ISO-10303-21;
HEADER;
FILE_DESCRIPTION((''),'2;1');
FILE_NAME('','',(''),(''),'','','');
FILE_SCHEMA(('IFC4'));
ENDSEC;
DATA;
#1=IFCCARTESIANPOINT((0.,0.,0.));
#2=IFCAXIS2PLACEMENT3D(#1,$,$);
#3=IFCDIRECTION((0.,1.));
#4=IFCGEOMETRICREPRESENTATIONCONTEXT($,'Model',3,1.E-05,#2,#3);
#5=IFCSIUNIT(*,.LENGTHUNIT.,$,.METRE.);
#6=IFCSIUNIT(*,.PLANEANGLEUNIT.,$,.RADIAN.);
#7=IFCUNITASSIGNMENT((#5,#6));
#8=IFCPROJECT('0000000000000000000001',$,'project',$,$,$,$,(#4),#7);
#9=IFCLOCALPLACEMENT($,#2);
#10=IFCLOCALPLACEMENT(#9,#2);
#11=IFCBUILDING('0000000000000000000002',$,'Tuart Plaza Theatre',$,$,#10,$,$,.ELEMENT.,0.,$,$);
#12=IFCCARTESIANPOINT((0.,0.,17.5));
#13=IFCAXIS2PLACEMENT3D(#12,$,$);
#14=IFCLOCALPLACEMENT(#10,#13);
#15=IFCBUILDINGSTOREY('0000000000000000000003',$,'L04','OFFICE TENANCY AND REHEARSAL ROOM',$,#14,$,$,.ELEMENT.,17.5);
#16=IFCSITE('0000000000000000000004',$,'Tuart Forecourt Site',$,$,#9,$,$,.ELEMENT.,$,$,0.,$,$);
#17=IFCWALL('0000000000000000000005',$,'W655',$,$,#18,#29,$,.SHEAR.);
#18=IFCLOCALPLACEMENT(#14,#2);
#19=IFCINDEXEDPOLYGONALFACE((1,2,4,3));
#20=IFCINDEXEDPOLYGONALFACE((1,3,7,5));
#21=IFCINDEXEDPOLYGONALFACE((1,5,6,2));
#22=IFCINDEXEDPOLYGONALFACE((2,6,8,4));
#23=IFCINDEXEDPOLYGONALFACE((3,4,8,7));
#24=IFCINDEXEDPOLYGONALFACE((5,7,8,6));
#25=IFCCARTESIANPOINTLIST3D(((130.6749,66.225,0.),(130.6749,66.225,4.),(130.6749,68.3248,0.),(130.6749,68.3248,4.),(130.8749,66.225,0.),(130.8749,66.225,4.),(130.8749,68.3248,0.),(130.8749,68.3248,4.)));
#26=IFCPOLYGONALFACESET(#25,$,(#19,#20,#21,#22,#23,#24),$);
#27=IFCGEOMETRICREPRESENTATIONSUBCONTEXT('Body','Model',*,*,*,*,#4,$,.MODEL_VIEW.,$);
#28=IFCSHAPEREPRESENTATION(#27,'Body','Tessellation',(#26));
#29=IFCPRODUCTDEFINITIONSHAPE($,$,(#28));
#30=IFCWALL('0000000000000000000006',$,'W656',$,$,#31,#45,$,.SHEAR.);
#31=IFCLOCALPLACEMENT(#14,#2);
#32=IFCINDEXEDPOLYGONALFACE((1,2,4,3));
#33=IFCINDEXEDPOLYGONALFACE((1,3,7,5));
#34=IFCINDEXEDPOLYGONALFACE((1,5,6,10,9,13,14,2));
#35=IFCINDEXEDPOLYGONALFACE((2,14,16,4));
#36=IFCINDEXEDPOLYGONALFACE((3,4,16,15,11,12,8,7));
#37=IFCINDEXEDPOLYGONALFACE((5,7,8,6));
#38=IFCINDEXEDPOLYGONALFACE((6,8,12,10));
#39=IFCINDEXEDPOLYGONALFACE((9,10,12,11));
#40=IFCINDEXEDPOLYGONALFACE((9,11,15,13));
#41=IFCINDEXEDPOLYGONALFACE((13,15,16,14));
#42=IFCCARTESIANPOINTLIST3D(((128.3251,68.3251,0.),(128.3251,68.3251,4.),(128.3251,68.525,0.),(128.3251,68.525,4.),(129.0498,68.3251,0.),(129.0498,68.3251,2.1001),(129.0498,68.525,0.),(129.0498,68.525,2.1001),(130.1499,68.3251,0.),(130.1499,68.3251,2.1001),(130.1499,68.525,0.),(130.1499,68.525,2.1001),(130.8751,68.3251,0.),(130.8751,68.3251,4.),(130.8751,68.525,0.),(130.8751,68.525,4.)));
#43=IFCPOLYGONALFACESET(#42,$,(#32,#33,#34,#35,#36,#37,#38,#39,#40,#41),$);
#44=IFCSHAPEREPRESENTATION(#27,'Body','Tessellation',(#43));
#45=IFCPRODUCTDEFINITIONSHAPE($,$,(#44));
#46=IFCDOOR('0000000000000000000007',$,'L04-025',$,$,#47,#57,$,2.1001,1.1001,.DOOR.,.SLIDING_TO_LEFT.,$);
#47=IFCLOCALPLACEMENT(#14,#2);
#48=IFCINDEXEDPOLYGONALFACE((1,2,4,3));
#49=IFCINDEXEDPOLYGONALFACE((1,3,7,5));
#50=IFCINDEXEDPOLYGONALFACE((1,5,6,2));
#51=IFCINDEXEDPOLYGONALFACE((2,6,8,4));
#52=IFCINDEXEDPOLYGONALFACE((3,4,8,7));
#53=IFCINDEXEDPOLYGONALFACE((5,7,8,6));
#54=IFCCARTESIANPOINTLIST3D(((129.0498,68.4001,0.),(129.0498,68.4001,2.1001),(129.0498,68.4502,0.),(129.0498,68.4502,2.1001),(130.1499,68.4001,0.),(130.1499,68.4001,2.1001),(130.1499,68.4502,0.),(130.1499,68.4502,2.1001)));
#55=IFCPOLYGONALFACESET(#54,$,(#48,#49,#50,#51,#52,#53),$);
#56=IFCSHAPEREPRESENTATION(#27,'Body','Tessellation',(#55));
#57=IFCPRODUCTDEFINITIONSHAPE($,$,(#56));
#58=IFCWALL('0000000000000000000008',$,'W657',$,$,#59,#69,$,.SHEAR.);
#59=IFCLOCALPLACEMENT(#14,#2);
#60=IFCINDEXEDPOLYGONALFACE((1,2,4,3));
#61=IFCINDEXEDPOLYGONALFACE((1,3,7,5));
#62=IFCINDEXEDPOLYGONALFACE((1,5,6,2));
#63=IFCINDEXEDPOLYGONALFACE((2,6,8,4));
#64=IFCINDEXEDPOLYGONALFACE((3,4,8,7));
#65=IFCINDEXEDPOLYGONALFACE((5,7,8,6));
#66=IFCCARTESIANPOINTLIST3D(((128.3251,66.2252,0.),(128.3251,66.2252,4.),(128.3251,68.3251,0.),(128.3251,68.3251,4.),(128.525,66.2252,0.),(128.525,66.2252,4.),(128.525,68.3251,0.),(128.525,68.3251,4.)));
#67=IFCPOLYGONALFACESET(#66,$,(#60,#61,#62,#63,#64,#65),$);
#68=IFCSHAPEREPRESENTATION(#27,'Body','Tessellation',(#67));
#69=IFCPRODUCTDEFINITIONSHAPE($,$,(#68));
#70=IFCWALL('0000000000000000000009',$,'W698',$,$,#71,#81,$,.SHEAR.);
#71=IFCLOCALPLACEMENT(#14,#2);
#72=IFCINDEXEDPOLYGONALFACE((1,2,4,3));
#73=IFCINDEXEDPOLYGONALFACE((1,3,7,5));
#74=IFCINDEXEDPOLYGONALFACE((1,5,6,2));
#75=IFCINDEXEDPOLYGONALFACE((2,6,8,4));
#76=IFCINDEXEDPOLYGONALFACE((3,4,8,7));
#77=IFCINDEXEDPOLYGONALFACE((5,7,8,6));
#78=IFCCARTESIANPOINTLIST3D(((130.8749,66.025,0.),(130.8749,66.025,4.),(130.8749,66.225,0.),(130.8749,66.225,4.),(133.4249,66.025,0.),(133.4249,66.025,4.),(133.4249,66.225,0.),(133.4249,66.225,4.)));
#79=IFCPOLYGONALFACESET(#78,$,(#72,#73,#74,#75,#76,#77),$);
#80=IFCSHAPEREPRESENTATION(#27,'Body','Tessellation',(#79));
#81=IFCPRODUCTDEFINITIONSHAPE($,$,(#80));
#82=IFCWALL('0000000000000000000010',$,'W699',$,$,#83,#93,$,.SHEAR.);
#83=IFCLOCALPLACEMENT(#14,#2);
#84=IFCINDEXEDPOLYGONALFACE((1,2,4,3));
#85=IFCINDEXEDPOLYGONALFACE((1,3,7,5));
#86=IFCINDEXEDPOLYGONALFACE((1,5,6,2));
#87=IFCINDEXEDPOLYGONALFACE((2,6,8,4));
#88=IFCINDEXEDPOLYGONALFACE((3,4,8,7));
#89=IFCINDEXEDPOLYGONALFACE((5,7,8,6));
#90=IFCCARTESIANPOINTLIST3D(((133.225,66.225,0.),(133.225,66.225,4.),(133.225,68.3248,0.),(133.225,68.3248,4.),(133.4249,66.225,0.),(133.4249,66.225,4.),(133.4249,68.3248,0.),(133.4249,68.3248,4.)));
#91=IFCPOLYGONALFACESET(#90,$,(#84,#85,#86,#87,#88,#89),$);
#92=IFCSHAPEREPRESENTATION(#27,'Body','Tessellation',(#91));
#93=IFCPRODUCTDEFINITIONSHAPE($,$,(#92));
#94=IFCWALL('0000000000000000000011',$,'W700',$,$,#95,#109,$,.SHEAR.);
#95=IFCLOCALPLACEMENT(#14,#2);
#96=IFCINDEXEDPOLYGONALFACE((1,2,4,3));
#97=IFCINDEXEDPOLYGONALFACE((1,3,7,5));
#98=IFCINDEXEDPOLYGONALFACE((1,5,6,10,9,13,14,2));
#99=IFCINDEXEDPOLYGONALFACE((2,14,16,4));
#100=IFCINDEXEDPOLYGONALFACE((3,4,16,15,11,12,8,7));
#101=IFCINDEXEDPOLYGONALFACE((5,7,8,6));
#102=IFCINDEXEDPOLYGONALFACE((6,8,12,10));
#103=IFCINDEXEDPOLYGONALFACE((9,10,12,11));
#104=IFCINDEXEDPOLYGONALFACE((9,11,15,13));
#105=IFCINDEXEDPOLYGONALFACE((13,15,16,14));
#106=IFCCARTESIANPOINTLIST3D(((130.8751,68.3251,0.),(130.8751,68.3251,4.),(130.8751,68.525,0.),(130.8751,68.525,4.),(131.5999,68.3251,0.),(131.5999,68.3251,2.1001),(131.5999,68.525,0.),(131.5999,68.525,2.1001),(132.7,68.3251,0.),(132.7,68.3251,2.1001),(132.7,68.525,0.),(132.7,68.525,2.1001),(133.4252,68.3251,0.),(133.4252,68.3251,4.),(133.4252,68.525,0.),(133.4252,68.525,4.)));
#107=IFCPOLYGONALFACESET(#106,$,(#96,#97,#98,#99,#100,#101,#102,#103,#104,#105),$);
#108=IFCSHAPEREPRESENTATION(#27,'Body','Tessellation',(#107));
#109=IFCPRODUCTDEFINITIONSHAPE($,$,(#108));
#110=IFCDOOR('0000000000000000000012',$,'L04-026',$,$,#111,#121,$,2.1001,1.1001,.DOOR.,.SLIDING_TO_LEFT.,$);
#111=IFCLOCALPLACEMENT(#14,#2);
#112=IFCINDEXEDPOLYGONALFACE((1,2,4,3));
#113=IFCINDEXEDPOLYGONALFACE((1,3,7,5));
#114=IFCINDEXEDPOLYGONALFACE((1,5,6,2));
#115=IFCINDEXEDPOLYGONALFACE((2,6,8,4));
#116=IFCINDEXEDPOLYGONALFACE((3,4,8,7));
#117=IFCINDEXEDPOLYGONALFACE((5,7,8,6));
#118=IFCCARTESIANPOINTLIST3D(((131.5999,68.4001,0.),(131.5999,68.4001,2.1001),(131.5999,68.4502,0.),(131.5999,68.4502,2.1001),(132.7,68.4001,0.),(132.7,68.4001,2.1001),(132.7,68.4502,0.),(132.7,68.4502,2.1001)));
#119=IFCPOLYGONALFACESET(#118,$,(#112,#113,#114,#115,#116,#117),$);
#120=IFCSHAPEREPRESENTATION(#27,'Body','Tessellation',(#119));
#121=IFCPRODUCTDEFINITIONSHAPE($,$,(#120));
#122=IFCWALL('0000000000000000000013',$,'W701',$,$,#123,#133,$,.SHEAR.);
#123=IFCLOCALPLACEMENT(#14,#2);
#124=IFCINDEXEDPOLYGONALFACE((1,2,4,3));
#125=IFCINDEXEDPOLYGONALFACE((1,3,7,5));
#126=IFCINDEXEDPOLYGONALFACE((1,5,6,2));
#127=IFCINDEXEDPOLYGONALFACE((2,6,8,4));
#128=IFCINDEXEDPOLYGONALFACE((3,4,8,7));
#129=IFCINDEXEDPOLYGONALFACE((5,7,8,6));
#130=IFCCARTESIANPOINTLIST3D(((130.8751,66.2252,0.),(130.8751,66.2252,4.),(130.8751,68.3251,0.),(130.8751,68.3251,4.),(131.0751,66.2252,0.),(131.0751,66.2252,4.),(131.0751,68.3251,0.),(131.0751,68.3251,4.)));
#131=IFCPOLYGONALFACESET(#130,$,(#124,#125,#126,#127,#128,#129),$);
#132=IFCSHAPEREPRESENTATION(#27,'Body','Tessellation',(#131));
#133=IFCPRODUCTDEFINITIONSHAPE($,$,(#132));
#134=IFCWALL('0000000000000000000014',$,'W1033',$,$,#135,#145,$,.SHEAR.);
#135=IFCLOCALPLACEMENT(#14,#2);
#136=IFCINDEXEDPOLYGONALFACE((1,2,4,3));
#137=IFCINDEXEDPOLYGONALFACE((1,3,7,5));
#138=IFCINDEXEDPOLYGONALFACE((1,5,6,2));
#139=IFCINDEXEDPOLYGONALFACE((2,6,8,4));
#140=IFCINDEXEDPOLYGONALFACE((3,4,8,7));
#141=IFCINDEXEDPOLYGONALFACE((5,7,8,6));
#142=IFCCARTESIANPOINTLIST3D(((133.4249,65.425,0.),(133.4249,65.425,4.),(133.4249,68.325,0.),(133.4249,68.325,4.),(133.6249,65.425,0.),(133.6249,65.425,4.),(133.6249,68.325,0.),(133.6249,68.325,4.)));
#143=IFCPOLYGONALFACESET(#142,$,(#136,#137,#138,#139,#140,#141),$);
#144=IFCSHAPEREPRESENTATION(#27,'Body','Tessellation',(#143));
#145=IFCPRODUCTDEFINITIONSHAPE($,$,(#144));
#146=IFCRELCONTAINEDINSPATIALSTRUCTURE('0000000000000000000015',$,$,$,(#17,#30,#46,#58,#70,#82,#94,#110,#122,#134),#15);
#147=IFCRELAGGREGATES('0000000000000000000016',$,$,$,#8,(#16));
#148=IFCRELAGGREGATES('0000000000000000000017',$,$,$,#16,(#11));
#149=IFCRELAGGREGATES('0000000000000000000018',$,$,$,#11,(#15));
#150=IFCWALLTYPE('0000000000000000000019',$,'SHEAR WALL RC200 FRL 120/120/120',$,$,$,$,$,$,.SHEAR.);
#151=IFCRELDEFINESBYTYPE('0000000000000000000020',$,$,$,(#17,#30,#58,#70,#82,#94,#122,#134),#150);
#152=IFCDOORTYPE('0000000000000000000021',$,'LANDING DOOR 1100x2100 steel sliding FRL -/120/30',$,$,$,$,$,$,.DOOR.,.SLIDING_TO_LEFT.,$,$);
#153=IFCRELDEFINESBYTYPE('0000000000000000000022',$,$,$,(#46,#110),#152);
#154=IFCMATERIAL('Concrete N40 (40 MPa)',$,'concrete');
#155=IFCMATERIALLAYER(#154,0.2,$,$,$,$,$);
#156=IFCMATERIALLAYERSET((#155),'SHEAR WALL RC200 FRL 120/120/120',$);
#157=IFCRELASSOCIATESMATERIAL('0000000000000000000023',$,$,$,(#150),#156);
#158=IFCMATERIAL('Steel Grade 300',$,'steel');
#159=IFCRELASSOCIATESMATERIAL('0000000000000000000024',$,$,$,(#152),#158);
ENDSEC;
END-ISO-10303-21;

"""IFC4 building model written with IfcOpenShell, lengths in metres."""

from ifc_helpers import new_model, si_unit, direction, frame, frame_2d, origin, place, context, subcontext, project, spatial, rectangle, extrude, material, layer, layer_set, type_object, element, fill, save


model = new_model("IFC4")

# Units and contexts
model_context = context("Model", 3, precision=1e-05, world=origin(), true_north=direction((0.0, 1.0)))
body_context = subcontext(model_context, "Body", "Model", "MODEL_VIEW")
ifc_project = project(units=[si_unit("LENGTHUNIT", "METRE"), si_unit("PLANEANGLEUNIT", "RADIAN")], contexts=[model_context])

# Site, building, storey
site_placement = place(None, origin())
site = spatial("IfcSite", under=ifc_project, at=site_placement, Name="Tuart Forecourt Site", CompositionType="ELEMENT", RefElevation=0.0)
building_placement = place(site_placement, origin())
building = spatial("IfcBuilding", under=site, at=building_placement, Name="Tuart Plaza Theatre", CompositionType="ELEMENT", ElevationOfRefHeight=0.0)
storey_placement = place(building_placement, frame((0.0, 0.0, 17.5)))
storey = spatial("IfcBuildingStorey", under=building, at=storey_placement, Name="L04", Description="OFFICE TENANCY AND REHEARSAL ROOM", CompositionType="ELEMENT", Elevation=17.5)

# Shared definitions
ifc_material_1 = material(Name="Concrete N40 (40 MPa)", Category="concrete")
ifc_layer_1 = layer(ifc_material_1, 0.2)
ifc_layer_set_1 = layer_set([ifc_layer_1], Name="SHEAR WALL RC200 FRL 120/120/120")
wall_type_1 = type_object("IfcWallType", Name="SHEAR WALL RC200 FRL 120/120/120", PredefinedType="SHEAR", material=ifc_layer_set_1)
ifc_material_2 = material(Name="Steel Grade 300", Category="steel")
door_type_1 = type_object("IfcDoorType", Name="LANDING DOOR 1100x2100 steel sliding FRL -/120/30", OperationType="SLIDING_TO_LEFT", PredefinedType="DOOR", material=ifc_material_2)

# Wall
wall_1_placement = place(storey_placement, frame((130.7749, 66.2251, 0.0), z_axis=(0.0, 0.0, 1.0), x_axis=(0.0, 1.0, 0.0)))
element("IfcWall", 1, at=wall_1_placement, inside=storey, type_object=wall_type_1, Name="W655", PredefinedType="SHEAR", context=body_context, shape_type="SweptSolid", body=[
    extrude(rectangle(XDim=2.0999, YDim=0.2, at=frame_2d((1.0498, 0.0))), origin(), (0.0, 0.0, 1.0), 4.0),
])

# Wall, opening, door
wall_2_placement = place(storey_placement, frame((130.875, 68.425, 0.0), z_axis=(0.0, 0.0, 1.0), x_axis=(-1.0, 0.0, 0.0)))
wall_2 = element("IfcWall", 2, at=wall_2_placement, inside=storey, type_object=wall_type_1, Name="W656", PredefinedType="SHEAR", context=body_context, shape_type="SweptSolid", body=[
    extrude(rectangle(XDim=2.55, YDim=0.2, at=frame_2d((1.2749, 0.0))), origin(), (0.0, 0.0, 1.0), 4.0),
])
opening_1_placement = place(wall_2_placement, frame((0.7251, 0.0, 0.0)))
opening_1 = element("IfcOpeningElement", 3, at=opening_1_placement, cuts=wall_2, PredefinedType="OPENING", context=body_context, shape_type="SweptSolid", body=[
    extrude(rectangle(XDim=1.1001, YDim=2.1001, at=frame_2d((0.55, 1.05))), frame((0.0, 0.1099, 0.0), z_axis=(0.0, -1.0, 0.0), x_axis=(1.0, 0.0, 0.0)), (0.0, 0.0, 1.0), 0.22),
])
door_1_placement = place(opening_1_placement, origin())
door_1 = element("IfcDoor", 4, at=door_1_placement, inside=storey, type_object=door_type_1, Name="L04-025", OperationType="SLIDING_TO_LEFT", OverallHeight=2.1001, OverallWidth=1.1001, PredefinedType="DOOR", context=body_context, shape_type="SweptSolid", body=[
    extrude(rectangle(XDim=1.1001, YDim=2.1001, at=frame_2d((0.55, 1.05))), frame((0.0, 0.0249, 0.0), z_axis=(0.0, -1.0, 0.0), x_axis=(1.0, 0.0, 0.0)), (0.0, 0.0, 1.0), 0.05),
])
fill(opening_1, door_1)

# Walls
wall_3_placement = place(storey_placement, frame((128.425, 68.325, 0.0), z_axis=(0.0, 0.0, 1.0), x_axis=(0.0, -1.0, 0.0)))
element("IfcWall", 5, at=wall_3_placement, inside=storey, type_object=wall_type_1, Name="W657", PredefinedType="SHEAR", context=body_context, shape_type="SweptSolid", body=[
    extrude(rectangle(XDim=2.0999, YDim=0.2, at=frame_2d((1.0498, 0.0))), origin(), (0.0, 0.0, 1.0), 4.0),
])
wall_4_placement = place(storey_placement, frame((130.875, 66.125, 0.0), z_axis=(0.0, 0.0, 1.0), x_axis=(1.0, 0.0, 0.0)))
element("IfcWall", 6, at=wall_4_placement, inside=storey, type_object=wall_type_1, Name="W698", PredefinedType="SHEAR", context=body_context, shape_type="SweptSolid", body=[
    extrude(rectangle(XDim=2.55, YDim=0.2, at=frame_2d((1.2749, 0.0))), origin(), (0.0, 0.0, 1.0), 4.0),
])
wall_5_placement = place(storey_placement, frame((133.325, 66.2251, 0.0), z_axis=(0.0, 0.0, 1.0), x_axis=(0.0, 1.0, 0.0)))
element("IfcWall", 7, at=wall_5_placement, inside=storey, type_object=wall_type_1, Name="W699", PredefinedType="SHEAR", context=body_context, shape_type="SweptSolid", body=[
    extrude(rectangle(XDim=2.0999, YDim=0.2, at=frame_2d((1.0498, 0.0))), origin(), (0.0, 0.0, 1.0), 4.0),
])

# Wall, opening, door
wall_6_placement = place(storey_placement, frame((133.425, 68.425, 0.0), z_axis=(0.0, 0.0, 1.0), x_axis=(-1.0, 0.0, 0.0)))
wall_6 = element("IfcWall", 8, at=wall_6_placement, inside=storey, type_object=wall_type_1, Name="W700", PredefinedType="SHEAR", context=body_context, shape_type="SweptSolid", body=[
    extrude(rectangle(XDim=2.55, YDim=0.2, at=frame_2d((1.2749, 0.0))), origin(), (0.0, 0.0, 1.0), 4.0),
])
opening_2_placement = place(wall_6_placement, frame((0.7251, 0.0, 0.0)))
opening_2 = element("IfcOpeningElement", 9, at=opening_2_placement, cuts=wall_6, PredefinedType="OPENING", context=body_context, shape_type="SweptSolid", body=[
    extrude(rectangle(XDim=1.1001, YDim=2.1001, at=frame_2d((0.55, 1.05))), frame((0.0, 0.1099, 0.0), z_axis=(0.0, -1.0, 0.0), x_axis=(1.0, 0.0, 0.0)), (0.0, 0.0, 1.0), 0.22),
])
door_2_placement = place(opening_2_placement, origin())
door_2 = element("IfcDoor", 10, at=door_2_placement, inside=storey, type_object=door_type_1, Name="L04-026", OperationType="SLIDING_TO_LEFT", OverallHeight=2.1001, OverallWidth=1.1001, PredefinedType="DOOR", context=body_context, shape_type="SweptSolid", body=[
    extrude(rectangle(XDim=1.1001, YDim=2.1001, at=frame_2d((0.55, 1.05))), frame((0.0, 0.0249, 0.0), z_axis=(0.0, -1.0, 0.0), x_axis=(1.0, 0.0, 0.0)), (0.0, 0.0, 1.0), 0.05),
])
fill(opening_2, door_2)

# Walls
wall_7_placement = place(storey_placement, frame((130.9751, 68.325, 0.0), z_axis=(0.0, 0.0, 1.0), x_axis=(0.0, -1.0, 0.0)))
element("IfcWall", 11, at=wall_7_placement, inside=storey, type_object=wall_type_1, Name="W701", PredefinedType="SHEAR", context=body_context, shape_type="SweptSolid", body=[
    extrude(rectangle(XDim=2.0999, YDim=0.2, at=frame_2d((1.0498, 0.0))), origin(), (0.0, 0.0, 1.0), 4.0),
])
wall_8_placement = place(storey_placement, frame((133.5249, 68.325, 0.0), z_axis=(0.0, 0.0, 1.0), x_axis=(0.0, -1.0, 0.0)))
element("IfcWall", 12, at=wall_8_placement, inside=storey, type_object=wall_type_1, Name="W1033", PredefinedType="SHEAR", context=body_context, shape_type="SweptSolid", body=[
    extrude(rectangle(XDim=2.8999, YDim=0.2, at=frame_2d((1.45, 0.0))), origin(), (0.0, 0.0, 1.0), 4.0),
])

save(model, "model.ifc")
